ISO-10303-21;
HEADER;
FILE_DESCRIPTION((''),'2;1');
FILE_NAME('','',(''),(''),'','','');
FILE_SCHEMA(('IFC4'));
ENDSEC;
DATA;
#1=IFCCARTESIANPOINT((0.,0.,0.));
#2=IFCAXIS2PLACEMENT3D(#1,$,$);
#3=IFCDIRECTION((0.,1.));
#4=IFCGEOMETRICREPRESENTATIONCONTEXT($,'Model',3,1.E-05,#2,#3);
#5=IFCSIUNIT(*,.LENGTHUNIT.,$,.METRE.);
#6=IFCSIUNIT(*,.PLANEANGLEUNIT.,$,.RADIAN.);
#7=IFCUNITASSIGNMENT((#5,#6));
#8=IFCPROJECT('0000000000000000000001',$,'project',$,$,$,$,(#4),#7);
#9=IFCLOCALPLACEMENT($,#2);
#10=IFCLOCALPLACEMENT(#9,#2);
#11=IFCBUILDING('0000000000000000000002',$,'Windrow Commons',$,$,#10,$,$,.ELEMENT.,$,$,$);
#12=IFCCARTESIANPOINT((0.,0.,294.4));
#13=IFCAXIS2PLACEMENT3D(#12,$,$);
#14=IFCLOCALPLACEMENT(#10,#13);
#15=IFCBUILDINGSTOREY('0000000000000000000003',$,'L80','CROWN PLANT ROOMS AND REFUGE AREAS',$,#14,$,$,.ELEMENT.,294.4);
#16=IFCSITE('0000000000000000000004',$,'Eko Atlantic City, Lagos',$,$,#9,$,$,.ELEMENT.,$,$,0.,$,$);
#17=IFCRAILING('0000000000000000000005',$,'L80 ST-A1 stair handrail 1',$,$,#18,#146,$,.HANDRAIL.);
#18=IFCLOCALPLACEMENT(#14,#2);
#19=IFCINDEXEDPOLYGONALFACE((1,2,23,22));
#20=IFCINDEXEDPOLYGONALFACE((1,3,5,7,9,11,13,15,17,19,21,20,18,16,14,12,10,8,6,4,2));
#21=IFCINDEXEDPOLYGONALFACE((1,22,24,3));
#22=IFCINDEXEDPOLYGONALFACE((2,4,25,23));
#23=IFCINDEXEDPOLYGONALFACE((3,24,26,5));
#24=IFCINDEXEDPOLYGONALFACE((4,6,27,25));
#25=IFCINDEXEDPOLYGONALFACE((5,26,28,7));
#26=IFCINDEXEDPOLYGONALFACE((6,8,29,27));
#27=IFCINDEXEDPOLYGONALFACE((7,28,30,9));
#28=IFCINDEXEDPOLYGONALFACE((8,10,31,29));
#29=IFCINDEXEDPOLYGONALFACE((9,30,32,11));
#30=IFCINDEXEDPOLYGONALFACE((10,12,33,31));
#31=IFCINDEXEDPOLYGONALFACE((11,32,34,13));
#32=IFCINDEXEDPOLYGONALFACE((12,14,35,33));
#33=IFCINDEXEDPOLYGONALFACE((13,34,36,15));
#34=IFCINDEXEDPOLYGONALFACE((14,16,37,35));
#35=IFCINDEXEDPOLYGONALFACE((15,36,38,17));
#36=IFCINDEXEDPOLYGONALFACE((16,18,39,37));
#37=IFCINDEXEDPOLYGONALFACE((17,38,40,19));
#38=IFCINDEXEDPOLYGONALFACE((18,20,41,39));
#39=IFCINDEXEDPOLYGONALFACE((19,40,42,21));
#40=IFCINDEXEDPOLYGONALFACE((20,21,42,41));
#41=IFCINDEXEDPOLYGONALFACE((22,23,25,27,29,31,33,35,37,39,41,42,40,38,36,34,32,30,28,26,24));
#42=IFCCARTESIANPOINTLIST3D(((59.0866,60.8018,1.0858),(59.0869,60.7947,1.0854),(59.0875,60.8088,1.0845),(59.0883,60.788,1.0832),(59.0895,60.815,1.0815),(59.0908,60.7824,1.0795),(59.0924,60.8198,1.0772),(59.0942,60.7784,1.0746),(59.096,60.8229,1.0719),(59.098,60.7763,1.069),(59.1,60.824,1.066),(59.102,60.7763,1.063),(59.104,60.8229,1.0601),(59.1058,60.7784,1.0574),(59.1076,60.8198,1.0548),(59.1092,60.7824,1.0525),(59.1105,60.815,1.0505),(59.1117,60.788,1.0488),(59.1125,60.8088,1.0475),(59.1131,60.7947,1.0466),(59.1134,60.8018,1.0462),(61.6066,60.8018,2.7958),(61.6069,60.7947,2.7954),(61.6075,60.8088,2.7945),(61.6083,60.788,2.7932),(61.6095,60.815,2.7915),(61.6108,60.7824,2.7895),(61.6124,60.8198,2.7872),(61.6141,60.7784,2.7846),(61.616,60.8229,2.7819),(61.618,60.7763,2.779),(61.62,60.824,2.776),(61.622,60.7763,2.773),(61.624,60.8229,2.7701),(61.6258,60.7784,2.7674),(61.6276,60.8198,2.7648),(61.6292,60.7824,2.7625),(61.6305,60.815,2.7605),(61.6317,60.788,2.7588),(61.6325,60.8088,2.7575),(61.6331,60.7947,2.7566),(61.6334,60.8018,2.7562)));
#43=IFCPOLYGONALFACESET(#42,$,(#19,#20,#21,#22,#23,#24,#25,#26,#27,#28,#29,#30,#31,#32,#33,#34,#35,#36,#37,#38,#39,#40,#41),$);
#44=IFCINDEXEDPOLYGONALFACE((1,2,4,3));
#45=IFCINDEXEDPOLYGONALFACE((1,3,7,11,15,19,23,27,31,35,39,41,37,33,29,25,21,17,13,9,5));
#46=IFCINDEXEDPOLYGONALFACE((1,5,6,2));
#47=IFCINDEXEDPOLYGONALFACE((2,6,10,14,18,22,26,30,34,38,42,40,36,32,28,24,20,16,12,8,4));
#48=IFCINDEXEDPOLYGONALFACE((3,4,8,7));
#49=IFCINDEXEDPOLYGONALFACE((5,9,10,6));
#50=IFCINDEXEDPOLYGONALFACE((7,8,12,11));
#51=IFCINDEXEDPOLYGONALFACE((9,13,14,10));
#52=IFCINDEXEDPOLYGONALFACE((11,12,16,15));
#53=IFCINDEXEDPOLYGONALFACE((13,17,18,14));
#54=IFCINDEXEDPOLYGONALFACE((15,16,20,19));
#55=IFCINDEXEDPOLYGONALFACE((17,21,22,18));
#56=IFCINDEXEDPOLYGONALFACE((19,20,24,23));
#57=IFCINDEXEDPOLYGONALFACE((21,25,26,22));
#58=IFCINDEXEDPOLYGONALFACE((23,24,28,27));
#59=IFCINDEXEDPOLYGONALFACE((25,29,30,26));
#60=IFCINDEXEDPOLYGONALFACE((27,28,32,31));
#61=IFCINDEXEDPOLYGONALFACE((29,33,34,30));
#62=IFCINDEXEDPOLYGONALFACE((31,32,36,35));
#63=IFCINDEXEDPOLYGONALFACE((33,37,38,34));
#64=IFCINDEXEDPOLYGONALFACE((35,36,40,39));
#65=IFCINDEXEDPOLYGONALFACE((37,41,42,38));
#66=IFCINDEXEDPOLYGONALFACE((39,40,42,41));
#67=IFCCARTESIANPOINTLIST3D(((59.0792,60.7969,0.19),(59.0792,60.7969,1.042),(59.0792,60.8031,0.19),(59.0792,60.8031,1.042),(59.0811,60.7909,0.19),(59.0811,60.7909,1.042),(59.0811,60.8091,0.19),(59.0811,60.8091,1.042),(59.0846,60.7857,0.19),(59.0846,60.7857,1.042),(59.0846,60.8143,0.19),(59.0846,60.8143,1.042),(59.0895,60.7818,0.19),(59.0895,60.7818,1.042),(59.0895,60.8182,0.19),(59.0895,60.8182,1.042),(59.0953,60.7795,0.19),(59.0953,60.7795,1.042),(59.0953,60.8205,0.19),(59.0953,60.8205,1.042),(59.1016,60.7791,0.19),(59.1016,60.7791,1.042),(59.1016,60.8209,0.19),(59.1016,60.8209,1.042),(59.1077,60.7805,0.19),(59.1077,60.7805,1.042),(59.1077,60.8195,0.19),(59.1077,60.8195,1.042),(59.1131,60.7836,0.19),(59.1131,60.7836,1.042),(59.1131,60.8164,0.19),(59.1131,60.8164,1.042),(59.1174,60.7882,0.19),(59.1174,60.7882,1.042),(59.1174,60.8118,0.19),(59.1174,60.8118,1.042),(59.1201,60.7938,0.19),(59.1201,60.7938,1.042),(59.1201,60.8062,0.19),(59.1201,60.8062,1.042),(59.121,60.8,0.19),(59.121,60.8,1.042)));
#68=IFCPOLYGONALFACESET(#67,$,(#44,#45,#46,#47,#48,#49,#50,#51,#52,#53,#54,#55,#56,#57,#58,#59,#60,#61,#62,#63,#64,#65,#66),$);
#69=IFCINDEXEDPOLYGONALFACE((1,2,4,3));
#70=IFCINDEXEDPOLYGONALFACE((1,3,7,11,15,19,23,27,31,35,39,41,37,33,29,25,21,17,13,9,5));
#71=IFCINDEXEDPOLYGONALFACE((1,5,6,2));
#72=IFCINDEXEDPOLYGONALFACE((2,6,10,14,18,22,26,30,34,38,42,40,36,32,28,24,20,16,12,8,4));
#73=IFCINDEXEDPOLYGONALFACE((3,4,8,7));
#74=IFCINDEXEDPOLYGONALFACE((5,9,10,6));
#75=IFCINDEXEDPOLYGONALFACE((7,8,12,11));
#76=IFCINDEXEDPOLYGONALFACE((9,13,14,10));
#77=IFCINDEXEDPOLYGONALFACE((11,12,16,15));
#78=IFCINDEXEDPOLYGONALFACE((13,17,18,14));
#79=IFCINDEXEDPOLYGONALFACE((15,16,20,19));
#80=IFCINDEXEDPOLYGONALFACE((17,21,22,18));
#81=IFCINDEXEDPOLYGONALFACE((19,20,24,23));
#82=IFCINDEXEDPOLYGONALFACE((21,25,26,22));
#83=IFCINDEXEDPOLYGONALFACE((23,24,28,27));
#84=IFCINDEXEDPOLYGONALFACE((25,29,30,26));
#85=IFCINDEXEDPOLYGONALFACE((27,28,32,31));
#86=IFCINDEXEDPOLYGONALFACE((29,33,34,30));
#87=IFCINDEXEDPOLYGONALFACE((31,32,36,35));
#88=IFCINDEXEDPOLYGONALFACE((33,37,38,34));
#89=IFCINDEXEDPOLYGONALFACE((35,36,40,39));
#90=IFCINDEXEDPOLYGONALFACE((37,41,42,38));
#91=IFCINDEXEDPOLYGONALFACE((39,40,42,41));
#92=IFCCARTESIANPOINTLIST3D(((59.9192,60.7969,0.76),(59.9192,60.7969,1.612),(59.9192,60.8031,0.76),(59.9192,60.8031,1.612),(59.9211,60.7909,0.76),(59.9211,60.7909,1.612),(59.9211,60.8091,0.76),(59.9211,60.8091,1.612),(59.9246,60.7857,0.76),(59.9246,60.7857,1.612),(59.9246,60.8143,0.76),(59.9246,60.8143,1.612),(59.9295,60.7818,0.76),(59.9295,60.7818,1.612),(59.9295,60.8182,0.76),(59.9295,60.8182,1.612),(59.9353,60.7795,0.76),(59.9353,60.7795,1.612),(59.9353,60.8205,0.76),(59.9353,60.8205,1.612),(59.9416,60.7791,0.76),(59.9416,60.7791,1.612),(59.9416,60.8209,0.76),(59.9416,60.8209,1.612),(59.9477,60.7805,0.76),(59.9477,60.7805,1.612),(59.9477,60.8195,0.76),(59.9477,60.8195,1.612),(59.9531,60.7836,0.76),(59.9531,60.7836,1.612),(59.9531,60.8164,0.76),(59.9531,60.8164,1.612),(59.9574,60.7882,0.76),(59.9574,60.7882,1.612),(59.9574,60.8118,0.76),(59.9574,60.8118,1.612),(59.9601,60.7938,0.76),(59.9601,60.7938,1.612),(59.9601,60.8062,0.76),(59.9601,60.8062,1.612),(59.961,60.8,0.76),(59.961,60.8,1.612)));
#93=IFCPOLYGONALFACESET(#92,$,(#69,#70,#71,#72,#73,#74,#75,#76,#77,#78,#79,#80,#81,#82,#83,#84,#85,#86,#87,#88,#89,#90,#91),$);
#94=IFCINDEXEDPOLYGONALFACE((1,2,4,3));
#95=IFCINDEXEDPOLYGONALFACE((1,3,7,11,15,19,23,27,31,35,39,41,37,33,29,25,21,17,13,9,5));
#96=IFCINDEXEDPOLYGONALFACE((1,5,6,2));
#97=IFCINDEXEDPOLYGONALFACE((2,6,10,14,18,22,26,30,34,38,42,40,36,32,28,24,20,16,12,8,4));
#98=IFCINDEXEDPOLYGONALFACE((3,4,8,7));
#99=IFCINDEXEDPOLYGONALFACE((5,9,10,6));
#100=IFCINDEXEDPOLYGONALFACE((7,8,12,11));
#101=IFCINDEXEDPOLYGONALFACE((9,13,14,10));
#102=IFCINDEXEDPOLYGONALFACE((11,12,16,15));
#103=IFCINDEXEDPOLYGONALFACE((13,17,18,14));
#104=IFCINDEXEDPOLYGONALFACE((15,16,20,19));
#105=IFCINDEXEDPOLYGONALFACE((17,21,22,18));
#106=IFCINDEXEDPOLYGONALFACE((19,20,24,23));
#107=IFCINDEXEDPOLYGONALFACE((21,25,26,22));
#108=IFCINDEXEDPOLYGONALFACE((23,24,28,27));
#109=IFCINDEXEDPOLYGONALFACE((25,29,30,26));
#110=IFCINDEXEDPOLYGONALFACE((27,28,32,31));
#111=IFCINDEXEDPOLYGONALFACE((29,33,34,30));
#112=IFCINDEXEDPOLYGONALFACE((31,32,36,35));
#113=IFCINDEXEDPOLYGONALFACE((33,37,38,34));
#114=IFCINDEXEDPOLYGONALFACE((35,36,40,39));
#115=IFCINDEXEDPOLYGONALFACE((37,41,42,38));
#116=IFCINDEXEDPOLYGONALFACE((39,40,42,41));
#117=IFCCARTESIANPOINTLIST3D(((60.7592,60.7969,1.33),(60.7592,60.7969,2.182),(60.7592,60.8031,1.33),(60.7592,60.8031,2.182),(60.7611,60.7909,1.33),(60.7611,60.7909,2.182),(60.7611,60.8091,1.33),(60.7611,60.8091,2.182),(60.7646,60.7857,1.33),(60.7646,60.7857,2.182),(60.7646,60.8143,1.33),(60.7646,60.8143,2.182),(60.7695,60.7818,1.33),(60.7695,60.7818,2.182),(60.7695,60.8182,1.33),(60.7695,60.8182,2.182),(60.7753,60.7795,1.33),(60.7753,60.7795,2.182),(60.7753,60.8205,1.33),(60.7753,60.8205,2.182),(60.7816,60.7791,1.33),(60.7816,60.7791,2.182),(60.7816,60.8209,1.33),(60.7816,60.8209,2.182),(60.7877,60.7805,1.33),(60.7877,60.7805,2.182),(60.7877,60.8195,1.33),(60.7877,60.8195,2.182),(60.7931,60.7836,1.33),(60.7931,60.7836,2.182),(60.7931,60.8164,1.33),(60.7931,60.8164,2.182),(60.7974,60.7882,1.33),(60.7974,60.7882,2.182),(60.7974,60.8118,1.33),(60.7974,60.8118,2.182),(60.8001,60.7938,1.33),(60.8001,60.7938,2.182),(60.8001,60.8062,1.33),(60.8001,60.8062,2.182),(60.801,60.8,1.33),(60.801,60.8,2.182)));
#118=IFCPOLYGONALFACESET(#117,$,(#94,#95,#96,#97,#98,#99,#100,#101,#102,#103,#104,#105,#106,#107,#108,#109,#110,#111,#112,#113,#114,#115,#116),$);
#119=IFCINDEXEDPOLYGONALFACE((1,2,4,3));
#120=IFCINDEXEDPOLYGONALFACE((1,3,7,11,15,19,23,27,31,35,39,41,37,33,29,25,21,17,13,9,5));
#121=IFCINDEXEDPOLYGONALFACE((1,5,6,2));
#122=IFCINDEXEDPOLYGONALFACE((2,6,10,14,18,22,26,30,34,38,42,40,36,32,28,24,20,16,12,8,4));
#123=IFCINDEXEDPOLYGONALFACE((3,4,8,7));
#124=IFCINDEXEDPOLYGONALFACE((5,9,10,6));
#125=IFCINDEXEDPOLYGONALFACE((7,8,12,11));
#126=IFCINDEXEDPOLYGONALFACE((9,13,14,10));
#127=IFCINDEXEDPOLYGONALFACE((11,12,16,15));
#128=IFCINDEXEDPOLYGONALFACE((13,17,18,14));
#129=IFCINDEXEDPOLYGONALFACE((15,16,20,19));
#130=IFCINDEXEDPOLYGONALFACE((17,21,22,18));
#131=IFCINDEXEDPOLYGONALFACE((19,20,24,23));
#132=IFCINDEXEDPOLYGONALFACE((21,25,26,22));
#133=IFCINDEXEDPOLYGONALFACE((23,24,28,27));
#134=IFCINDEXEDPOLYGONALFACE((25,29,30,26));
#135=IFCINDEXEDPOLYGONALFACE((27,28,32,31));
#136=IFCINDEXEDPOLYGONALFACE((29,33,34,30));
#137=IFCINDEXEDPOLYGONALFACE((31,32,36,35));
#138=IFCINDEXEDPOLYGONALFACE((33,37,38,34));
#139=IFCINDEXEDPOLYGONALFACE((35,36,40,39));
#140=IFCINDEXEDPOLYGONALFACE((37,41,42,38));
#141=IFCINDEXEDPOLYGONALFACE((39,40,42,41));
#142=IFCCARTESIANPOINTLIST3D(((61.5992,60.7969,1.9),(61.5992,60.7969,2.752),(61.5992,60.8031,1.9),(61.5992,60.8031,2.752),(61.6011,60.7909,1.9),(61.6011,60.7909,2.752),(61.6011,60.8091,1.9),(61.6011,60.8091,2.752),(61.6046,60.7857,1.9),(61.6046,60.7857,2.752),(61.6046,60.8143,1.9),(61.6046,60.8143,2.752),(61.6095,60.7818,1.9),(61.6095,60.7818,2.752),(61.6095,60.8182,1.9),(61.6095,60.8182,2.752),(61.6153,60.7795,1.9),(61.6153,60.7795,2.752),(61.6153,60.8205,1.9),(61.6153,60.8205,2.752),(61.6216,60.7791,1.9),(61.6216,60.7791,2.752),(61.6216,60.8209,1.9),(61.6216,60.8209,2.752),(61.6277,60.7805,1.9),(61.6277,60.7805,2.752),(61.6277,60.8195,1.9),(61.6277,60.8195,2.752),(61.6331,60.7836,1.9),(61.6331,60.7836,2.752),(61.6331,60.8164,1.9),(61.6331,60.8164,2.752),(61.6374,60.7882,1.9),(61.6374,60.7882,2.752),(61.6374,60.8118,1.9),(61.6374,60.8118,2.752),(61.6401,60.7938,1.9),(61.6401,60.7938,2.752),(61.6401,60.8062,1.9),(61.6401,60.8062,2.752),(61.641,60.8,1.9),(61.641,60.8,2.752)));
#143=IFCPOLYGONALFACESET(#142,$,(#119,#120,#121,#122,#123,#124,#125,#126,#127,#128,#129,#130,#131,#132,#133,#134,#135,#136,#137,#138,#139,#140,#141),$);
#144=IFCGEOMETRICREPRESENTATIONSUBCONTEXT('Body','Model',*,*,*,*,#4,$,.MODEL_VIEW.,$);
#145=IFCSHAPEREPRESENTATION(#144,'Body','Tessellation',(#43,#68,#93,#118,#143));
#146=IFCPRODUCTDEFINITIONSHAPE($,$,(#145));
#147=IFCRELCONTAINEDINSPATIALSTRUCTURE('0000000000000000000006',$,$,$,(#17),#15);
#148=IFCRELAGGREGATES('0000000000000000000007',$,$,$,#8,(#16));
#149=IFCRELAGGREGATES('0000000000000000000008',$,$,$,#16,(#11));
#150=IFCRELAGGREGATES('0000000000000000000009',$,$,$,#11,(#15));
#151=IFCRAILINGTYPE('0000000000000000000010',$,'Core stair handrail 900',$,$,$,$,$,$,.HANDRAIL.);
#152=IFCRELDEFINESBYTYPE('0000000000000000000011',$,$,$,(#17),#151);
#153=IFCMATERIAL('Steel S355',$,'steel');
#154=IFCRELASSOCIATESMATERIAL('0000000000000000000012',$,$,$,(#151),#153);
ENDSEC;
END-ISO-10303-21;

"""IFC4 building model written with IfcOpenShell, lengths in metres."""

from ifc_helpers import new_model, si_unit, direction, frame, origin, origin_2d, place, context, subcontext, project, spatial, circle, extrude, material, type_object, element, save


model = new_model("IFC4")

# Units and contexts
model_context = context("Model", 3, precision=1e-05, world=origin(), true_north=direction((0.0, 1.0)))
body_context = subcontext(model_context, "Body", "Model", "MODEL_VIEW")
ifc_project = project(units=[si_unit("LENGTHUNIT", "METRE"), si_unit("PLANEANGLEUNIT", "RADIAN")], contexts=[model_context])

# Site, building, storey
site_placement = place(None, origin())
site = spatial("IfcSite", under=ifc_project, at=site_placement, Name="Eko Atlantic City, Lagos", CompositionType="ELEMENT", RefElevation=0.0)
building_placement = place(site_placement, origin())
building = spatial("IfcBuilding", under=site, at=building_placement, Name="Windrow Commons", CompositionType="ELEMENT")
storey_placement = place(building_placement, frame((0.0, 0.0, 294.4)))
storey = spatial("IfcBuildingStorey", under=building, at=storey_placement, Name="L80", Description="CROWN PLANT ROOMS AND REFUGE AREAS", CompositionType="ELEMENT", Elevation=294.4)

# Railing
ifc_material_1 = material(Name="Steel S355", Category="steel")
railing_type_1 = type_object("IfcRailingType", Name="Core stair handrail 900", PredefinedType="HANDRAIL", material=ifc_material_1)
railing_1_placement = place(storey_placement, frame((59.1, 60.8, 0.19)))
element("IfcRailing", 1, at=railing_1_placement, inside=storey, type_object=railing_type_1, Name="L80 ST-A1 stair handrail 1", PredefinedType="HANDRAIL", context=body_context, shape_type="SweptSolid", body=[
    extrude(circle(Radius=0.024, at=origin_2d()), frame((0.0, 0.0, 0.876), z_axis=(0.827476, 0.0, 0.561501), x_axis=(0.0, 1.0, 0.0)), (0.0, 0.0, 1.0), 3.0454),
    extrude(circle(Radius=0.021, at=origin_2d()), origin(), (0.0, 0.0, 1.0), 0.852),
    extrude(circle(Radius=0.021, at=origin_2d()), frame((0.84, 0.0, 0.57)), (0.0, 0.0, 1.0), 0.852),
    extrude(circle(Radius=0.021, at=origin_2d()), frame((1.68, 0.0, 1.14)), (0.0, 0.0, 1.0), 0.852),
    extrude(circle(Radius=0.021, at=origin_2d()), frame((2.52, 0.0, 1.71)), (0.0, 0.0, 1.0), 0.852),
])

save(model, "model.ifc")
